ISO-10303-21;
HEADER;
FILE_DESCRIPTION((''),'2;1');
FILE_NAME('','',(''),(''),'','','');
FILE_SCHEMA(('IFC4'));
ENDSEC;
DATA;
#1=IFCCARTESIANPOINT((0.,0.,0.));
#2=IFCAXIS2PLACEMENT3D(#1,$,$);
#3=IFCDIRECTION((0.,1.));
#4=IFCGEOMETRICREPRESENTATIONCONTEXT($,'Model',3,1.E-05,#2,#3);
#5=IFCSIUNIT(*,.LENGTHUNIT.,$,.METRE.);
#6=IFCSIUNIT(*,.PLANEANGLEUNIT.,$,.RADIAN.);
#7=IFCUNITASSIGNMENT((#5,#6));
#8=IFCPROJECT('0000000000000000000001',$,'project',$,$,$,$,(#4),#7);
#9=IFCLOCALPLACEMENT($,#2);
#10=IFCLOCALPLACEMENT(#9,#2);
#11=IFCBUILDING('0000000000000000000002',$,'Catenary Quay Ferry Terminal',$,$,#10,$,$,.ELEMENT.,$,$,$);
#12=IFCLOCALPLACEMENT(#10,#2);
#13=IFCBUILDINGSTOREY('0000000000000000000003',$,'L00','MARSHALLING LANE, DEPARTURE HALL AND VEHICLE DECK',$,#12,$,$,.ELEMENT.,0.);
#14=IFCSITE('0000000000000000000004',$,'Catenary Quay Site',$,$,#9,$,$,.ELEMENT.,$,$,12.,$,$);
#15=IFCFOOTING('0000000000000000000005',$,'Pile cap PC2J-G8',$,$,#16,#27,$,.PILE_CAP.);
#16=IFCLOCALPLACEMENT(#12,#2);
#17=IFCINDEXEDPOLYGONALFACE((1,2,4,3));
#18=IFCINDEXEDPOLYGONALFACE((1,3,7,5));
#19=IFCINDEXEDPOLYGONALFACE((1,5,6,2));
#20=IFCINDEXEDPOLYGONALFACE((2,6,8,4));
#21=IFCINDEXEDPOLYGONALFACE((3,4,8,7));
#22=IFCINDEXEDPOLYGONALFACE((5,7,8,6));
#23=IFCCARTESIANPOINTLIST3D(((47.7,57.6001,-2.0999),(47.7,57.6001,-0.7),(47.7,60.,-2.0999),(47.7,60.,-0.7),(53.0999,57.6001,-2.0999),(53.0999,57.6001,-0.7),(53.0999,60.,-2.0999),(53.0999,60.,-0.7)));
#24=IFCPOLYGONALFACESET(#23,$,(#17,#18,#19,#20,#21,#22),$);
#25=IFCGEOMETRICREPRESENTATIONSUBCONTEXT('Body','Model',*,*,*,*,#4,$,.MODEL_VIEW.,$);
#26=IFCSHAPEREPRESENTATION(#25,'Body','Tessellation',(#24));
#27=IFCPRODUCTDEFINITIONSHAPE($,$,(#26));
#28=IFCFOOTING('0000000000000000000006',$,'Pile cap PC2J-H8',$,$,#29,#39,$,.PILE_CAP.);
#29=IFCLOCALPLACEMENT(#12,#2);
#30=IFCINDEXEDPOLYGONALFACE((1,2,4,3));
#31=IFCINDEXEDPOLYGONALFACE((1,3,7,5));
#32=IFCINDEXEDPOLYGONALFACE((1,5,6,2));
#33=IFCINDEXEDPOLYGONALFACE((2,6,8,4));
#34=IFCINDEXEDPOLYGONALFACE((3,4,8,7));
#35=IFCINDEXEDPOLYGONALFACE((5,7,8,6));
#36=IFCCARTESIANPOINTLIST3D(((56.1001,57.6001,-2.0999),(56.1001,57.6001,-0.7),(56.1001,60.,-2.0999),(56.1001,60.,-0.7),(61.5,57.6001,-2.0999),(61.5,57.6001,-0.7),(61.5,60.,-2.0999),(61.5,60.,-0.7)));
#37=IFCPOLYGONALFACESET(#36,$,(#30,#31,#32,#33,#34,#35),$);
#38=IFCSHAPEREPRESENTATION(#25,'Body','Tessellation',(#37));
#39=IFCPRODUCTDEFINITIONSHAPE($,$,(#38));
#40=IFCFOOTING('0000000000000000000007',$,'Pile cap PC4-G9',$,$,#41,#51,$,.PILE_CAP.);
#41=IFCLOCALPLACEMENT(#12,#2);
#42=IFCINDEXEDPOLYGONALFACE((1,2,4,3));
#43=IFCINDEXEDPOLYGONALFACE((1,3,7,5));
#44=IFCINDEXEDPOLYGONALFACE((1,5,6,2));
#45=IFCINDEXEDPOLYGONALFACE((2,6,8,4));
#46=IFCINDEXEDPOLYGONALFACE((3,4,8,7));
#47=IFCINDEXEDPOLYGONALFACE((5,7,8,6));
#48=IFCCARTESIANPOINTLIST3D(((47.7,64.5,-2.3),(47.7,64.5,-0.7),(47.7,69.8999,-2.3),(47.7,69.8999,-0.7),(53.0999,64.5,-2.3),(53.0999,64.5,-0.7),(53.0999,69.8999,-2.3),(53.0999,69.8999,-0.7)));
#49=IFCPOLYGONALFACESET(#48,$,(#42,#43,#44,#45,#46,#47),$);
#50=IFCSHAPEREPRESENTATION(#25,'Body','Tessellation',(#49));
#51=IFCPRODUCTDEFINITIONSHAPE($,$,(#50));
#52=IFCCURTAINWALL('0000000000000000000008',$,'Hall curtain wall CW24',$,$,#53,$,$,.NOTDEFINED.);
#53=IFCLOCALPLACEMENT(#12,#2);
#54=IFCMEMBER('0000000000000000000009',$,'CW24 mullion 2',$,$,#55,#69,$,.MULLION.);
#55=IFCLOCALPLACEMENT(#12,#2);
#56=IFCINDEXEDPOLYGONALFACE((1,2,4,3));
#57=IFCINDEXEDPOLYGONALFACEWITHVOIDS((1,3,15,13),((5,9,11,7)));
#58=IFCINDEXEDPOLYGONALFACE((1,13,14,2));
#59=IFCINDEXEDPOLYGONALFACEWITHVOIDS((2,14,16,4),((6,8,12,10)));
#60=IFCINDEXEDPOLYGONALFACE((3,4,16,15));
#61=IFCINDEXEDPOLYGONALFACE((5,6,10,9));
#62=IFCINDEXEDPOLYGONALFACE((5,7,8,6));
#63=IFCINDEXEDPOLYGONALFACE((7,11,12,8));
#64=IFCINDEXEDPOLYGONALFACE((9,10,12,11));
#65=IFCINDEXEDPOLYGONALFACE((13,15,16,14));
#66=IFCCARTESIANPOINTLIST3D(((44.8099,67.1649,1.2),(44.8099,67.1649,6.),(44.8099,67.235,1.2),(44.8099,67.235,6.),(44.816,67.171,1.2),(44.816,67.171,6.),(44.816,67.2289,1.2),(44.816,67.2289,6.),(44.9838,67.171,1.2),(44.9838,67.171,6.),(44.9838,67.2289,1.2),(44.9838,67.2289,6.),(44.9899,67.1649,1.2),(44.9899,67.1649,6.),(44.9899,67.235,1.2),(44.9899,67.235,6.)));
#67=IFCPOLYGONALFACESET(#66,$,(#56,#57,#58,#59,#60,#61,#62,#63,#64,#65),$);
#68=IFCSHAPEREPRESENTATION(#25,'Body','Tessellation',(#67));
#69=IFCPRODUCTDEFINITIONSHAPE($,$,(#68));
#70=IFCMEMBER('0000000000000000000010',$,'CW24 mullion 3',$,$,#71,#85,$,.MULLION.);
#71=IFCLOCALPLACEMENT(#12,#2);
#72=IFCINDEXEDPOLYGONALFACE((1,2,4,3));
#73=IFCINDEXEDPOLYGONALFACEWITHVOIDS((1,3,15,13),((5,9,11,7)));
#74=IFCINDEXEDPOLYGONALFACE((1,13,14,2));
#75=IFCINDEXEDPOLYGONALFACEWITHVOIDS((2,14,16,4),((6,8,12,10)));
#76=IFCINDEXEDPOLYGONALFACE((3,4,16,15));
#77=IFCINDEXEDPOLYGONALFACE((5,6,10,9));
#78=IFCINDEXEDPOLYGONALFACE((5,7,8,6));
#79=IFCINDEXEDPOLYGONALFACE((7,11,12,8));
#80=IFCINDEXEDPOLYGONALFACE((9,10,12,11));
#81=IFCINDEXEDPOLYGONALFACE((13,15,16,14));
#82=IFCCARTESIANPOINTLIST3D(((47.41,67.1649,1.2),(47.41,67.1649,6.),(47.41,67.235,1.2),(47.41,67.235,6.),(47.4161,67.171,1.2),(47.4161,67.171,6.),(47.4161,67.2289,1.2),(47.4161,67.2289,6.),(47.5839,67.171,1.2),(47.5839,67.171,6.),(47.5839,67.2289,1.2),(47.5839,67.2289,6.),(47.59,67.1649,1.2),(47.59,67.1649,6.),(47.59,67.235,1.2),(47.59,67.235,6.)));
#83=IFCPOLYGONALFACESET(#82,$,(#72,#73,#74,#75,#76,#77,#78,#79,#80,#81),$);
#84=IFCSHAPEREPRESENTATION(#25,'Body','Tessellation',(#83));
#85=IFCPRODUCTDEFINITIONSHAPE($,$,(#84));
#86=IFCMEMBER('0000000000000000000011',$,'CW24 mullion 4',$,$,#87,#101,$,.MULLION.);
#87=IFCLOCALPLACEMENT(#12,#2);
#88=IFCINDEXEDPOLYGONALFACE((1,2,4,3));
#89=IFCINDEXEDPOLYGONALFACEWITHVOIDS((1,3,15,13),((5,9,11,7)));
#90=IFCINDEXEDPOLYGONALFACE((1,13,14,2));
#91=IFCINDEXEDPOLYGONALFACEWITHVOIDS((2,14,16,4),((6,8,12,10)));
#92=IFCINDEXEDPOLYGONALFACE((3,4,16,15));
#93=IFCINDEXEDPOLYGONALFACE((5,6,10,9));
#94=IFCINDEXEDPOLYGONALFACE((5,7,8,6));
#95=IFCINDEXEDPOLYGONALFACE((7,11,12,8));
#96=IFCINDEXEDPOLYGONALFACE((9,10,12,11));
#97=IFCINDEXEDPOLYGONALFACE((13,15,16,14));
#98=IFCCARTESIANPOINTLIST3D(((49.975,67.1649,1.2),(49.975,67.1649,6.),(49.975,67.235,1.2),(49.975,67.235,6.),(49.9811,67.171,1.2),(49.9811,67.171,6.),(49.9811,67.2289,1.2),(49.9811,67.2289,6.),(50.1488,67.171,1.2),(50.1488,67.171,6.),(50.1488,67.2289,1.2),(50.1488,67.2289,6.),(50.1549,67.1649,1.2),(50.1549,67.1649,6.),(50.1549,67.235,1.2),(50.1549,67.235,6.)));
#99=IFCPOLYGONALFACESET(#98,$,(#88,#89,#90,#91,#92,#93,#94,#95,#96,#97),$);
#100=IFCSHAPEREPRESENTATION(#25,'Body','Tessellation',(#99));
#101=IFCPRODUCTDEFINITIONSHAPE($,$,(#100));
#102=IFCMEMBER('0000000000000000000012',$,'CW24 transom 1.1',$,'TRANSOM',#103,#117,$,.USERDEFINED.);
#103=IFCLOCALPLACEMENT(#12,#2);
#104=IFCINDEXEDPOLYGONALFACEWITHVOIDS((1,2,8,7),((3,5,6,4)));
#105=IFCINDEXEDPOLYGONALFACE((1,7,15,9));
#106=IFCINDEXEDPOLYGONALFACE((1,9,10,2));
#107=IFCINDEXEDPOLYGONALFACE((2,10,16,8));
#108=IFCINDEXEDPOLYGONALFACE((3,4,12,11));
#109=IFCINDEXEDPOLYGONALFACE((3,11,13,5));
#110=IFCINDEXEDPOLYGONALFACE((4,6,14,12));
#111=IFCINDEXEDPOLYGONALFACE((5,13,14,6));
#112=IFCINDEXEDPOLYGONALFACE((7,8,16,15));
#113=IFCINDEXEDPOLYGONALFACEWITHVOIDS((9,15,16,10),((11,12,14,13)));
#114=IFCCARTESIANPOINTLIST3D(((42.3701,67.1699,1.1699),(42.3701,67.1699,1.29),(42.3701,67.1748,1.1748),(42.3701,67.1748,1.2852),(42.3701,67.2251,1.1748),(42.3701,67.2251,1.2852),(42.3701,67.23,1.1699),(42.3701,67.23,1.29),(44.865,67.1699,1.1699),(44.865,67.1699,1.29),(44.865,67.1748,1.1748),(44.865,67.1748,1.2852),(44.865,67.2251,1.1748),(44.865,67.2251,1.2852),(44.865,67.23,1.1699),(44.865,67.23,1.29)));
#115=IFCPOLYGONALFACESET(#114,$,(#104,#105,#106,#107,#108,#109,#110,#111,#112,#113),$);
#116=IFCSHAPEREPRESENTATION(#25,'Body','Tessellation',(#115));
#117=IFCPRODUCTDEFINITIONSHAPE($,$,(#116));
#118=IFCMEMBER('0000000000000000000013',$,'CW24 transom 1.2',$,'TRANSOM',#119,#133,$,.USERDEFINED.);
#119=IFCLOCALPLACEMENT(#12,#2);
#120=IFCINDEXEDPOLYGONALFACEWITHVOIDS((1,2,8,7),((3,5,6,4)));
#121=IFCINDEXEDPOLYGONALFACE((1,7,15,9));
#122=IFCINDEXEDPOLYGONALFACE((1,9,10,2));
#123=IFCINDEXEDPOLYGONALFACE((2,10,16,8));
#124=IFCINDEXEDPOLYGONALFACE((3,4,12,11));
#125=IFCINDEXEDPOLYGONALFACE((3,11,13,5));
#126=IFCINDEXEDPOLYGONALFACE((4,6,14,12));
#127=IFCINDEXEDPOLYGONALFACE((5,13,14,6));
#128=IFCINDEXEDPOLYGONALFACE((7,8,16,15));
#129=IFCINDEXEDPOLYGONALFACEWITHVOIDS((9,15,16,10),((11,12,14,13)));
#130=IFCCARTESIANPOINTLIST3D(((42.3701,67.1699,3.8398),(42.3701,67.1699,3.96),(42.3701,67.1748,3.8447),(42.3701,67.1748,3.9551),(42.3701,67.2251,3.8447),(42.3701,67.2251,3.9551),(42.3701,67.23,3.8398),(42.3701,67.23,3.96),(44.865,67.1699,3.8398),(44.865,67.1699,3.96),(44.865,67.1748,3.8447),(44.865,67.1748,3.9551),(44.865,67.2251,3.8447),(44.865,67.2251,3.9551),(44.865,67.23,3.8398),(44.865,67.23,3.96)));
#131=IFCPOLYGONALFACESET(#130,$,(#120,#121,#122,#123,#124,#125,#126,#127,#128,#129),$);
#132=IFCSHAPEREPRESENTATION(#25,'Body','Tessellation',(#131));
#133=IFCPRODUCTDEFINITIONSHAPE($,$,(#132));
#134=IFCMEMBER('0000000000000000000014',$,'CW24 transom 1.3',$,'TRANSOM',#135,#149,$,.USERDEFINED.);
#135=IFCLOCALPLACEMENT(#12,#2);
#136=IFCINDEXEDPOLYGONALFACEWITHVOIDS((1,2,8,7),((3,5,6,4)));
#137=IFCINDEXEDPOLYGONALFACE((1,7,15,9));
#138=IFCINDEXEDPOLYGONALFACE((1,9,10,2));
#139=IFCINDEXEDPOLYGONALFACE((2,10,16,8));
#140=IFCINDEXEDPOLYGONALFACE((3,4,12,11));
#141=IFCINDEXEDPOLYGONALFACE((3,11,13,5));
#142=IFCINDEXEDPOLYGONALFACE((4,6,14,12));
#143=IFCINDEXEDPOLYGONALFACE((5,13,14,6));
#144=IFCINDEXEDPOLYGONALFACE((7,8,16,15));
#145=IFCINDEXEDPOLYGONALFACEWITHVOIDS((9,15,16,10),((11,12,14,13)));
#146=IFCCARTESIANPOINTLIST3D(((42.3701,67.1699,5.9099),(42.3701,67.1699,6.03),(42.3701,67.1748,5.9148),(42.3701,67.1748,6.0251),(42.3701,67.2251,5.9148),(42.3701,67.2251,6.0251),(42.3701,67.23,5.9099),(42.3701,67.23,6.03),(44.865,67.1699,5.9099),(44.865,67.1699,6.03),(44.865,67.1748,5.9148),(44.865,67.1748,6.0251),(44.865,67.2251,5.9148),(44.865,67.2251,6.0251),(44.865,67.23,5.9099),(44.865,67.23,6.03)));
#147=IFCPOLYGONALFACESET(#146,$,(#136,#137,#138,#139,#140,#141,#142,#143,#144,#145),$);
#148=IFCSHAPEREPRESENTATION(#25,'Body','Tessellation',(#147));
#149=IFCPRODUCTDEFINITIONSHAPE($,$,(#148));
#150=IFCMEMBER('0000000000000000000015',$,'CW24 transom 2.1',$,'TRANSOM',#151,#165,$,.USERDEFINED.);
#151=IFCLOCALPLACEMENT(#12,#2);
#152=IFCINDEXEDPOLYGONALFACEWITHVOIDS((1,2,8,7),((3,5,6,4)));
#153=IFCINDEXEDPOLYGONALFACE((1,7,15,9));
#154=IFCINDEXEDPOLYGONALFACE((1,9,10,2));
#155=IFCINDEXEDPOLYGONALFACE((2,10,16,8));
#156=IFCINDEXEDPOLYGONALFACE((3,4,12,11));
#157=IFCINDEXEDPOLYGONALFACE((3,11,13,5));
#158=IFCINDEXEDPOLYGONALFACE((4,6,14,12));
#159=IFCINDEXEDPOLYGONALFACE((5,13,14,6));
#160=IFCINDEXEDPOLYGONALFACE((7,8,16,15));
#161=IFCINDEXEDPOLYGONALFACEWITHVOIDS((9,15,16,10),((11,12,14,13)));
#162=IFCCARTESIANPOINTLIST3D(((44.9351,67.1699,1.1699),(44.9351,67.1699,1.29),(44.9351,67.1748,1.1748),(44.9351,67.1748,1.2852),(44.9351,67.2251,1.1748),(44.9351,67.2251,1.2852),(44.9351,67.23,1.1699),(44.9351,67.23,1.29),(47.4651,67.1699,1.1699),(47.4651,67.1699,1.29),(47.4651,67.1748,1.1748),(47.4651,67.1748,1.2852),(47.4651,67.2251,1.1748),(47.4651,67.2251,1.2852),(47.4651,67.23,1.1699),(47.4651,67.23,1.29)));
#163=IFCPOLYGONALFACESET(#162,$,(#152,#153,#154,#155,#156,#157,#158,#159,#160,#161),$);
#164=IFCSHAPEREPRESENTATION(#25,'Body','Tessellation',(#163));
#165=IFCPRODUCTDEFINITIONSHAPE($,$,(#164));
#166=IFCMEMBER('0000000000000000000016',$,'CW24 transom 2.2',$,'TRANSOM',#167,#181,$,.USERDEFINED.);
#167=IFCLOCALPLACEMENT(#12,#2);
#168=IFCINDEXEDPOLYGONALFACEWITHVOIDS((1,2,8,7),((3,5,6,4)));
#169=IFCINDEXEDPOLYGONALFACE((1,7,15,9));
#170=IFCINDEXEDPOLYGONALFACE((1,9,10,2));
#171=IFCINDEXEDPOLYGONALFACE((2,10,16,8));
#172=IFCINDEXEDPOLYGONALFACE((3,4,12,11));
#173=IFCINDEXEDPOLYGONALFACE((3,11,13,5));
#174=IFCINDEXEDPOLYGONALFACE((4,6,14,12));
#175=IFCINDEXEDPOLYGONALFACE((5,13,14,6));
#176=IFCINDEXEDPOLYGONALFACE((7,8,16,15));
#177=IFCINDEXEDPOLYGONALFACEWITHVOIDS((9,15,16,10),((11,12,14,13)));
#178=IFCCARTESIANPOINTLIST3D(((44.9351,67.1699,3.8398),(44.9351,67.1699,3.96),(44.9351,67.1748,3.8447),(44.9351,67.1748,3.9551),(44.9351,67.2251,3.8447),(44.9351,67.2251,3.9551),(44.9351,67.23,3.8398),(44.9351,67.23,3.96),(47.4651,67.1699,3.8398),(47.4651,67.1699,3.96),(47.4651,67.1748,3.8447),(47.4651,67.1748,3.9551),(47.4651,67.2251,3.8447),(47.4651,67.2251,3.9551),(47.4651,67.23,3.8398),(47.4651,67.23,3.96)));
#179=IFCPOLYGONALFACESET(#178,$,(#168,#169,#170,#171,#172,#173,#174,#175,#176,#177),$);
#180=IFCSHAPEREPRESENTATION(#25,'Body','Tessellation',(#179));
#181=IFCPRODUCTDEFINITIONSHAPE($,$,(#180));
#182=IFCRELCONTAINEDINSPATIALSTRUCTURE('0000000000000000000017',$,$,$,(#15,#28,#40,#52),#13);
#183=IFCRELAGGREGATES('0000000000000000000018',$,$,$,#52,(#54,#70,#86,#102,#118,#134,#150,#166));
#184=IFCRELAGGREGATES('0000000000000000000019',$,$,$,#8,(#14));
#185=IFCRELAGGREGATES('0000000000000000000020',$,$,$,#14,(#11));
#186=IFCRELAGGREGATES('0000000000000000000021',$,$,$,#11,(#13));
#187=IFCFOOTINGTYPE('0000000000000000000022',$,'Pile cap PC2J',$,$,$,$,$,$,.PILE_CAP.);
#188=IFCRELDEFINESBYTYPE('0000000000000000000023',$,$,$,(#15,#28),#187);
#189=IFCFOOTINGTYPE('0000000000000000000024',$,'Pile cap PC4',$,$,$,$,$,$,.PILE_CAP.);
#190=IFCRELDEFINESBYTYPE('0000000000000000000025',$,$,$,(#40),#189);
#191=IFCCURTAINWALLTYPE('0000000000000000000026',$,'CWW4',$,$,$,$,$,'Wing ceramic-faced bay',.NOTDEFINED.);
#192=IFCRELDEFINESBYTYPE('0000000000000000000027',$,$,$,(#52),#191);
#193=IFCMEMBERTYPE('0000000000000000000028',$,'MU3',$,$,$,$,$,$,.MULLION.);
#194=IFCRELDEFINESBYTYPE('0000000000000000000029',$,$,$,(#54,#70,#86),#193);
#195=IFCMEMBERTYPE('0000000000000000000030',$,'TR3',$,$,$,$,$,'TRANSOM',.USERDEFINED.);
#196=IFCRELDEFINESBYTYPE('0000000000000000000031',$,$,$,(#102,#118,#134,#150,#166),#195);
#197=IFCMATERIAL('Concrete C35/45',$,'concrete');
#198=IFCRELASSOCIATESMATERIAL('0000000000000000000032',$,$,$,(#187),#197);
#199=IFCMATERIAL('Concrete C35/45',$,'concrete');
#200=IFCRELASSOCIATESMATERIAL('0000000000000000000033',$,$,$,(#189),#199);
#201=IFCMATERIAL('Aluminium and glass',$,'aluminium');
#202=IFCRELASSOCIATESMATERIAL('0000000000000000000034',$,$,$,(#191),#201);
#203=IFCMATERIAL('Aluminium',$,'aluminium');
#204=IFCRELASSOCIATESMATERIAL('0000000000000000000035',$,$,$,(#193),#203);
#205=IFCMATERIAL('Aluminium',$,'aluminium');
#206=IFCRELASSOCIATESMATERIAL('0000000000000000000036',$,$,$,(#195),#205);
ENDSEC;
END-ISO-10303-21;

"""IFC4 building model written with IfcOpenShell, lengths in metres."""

from ifc_helpers import new_model, si_unit, direction, frame, origin, origin_2d, place, context, subcontext, project, spatial, rectangle, hollow_rectangle, extrude, material, material_profile, profile_set, type_object, element, aggregate, save


model = new_model("IFC4")

# Units and contexts
model_context = context("Model", 3, precision=1e-05, world=origin(), true_north=direction((0.0, 1.0)))
body_context = subcontext(model_context, "Body", "Model", "MODEL_VIEW")
ifc_project = project(units=[si_unit("LENGTHUNIT", "METRE"), si_unit("PLANEANGLEUNIT", "RADIAN")], contexts=[model_context])

# Site, building, storey
site_placement = place(None, origin())
site = spatial("IfcSite", under=ifc_project, at=site_placement, Name="Catenary Quay Site", CompositionType="ELEMENT", RefElevation=12.0)
building_placement = place(site_placement, origin())
building = spatial("IfcBuilding", under=site, at=building_placement, Name="Catenary Quay Ferry Terminal", CompositionType="ELEMENT")
storey_placement = place(building_placement, origin())
storey = spatial("IfcBuildingStorey", under=building, at=storey_placement, Name="L00", Description="MARSHALLING LANE, DEPARTURE HALL AND VEHICLE DECK", CompositionType="ELEMENT", Elevation=0.0)

# Footings
ifc_material_1 = material(Name="Concrete C35/45", Category="concrete")
footing_type_1 = type_object("IfcFootingType", Name="Pile cap PC2J", PredefinedType="PILE_CAP", material=ifc_material_1)
for number, where, z_axis, x_axis, name in (
    (1, (50.3999, 58.8, -2.0999), (0.0, 0.0, 1.0), (1.0, 0.0, 0.0), "Pile cap PC2J-G8"),
    (2, (58.8, 58.8, -2.0999), (0.0, 0.0, 1.0), (1.0, 0.0, 0.0), "Pile cap PC2J-H8"),
):
    element("IfcFooting", number, at=place(storey_placement, frame(where, z_axis=z_axis, x_axis=x_axis)), inside=storey, type_object=footing_type_1, Name=name, PredefinedType="PILE_CAP", context=body_context, shape_type="SweptSolid", body=[
        extrude(rectangle(XDim=5.3999, YDim=2.3999, at=origin_2d()), origin(), (0.0, 0.0, 1.0), 1.3999),
    ])
ifc_material_2 = material(Name="Concrete C35/45", Category="concrete")
footing_type_2 = type_object("IfcFootingType", Name="Pile cap PC4", PredefinedType="PILE_CAP", material=ifc_material_2)
footing_placement = place(storey_placement, frame((50.3999, 67.2, -2.3), z_axis=(0.0, 0.0, 1.0), x_axis=(1.0, 0.0, 0.0)))
element("IfcFooting", 3, at=footing_placement, inside=storey, type_object=footing_type_2, Name="Pile cap PC4-G9", PredefinedType="PILE_CAP", context=body_context, shape_type="SweptSolid", body=[
    extrude(rectangle(XDim=5.3999, YDim=5.3999, at=origin_2d()), origin(), (0.0, 0.0, 1.0), 1.6001),
])

# Curtain wall, members
ifc_material_3 = material(Name="Aluminium and glass", Category="aluminium")
curtain_wall_type = type_object("IfcCurtainWallType", Name="CWW4", ElementType="Wing ceramic-faced bay", PredefinedType="NOTDEFINED", material=ifc_material_3)
curtain_wall_placement = place(storey_placement, origin())
curtain_wall = element("IfcCurtainWall", 4, at=curtain_wall_placement, inside=storey, type_object=curtain_wall_type, Name="Hall curtain wall CW24", PredefinedType="NOTDEFINED")
ifc_material_4 = material(Name="Aluminium", Category="aluminium")
ifc_material_profile_1 = material_profile(ifc_material_4, hollow_rectangle(XDim=0.0701, YDim=0.1799, WallThickness=0.0061, at=origin_2d()), Name="MU3")
ifc_profile_set_1 = profile_set([ifc_material_profile_1], Name="Aluminium")
member_type_1 = type_object("IfcMemberType", Name="MU3", PredefinedType="MULLION", material=ifc_profile_set_1)
member_1_placement = place(storey_placement, frame((44.8999, 67.2, 1.2), z_axis=(0.0, 0.0, 1.0), x_axis=(0.0, 1.0, 0.0)))
member_1 = element("IfcMember", 5, at=member_1_placement, type_object=member_type_1, Name="CW24 mullion 2", PredefinedType="MULLION", context=body_context, shape_type="SweptSolid", body=[
    extrude(hollow_rectangle(XDim=0.0701, YDim=0.1799, WallThickness=0.0061, at=origin_2d()), origin(), (0.0, 0.0, 1.0), 4.8),
])
member_2_placement = place(storey_placement, frame((47.5, 67.2, 1.2), z_axis=(0.0, 0.0, 1.0), x_axis=(0.0, 1.0, 0.0)))
member_2 = element("IfcMember", 6, at=member_2_placement, type_object=member_type_1, Name="CW24 mullion 3", PredefinedType="MULLION", context=body_context, shape_type="SweptSolid", body=[
    extrude(hollow_rectangle(XDim=0.0701, YDim=0.1799, WallThickness=0.0061, at=origin_2d()), origin(), (0.0, 0.0, 1.0), 4.8),
])
member_3_placement = place(storey_placement, frame((50.0649, 67.2, 1.2), z_axis=(0.0, 0.0, 1.0), x_axis=(0.0, 1.0, 0.0)))
member_3 = element("IfcMember", 7, at=member_3_placement, type_object=member_type_1, Name="CW24 mullion 4", PredefinedType="MULLION", context=body_context, shape_type="SweptSolid", body=[
    extrude(hollow_rectangle(XDim=0.0701, YDim=0.1799, WallThickness=0.0061, at=origin_2d()), origin(), (0.0, 0.0, 1.0), 4.8),
])
ifc_material_5 = material(Name="Aluminium", Category="aluminium")
ifc_material_profile_2 = material_profile(ifc_material_5, hollow_rectangle(XDim=0.0601, YDim=0.1201, WallThickness=0.0049, at=origin_2d()), Name="TR3")
ifc_profile_set_2 = profile_set([ifc_material_profile_2], Name="Aluminium")
member_type_2 = type_object("IfcMemberType", Name="TR3", ElementType="TRANSOM", PredefinedType="USERDEFINED", material=ifc_profile_set_2)
member_4_placement = place(storey_placement, frame((42.3701, 67.2, 1.23), z_axis=(1.0, 0.0, 0.0), x_axis=(0.0, 1.0, 0.0)))
member_4 = element("IfcMember", 8, at=member_4_placement, type_object=member_type_2, Name="CW24 transom 1.1", ObjectType="TRANSOM", PredefinedType="USERDEFINED", context=body_context, shape_type="SweptSolid", body=[
    extrude(hollow_rectangle(XDim=0.0601, YDim=0.1201, WallThickness=0.0049, at=origin_2d()), origin(), (0.0, 0.0, 1.0), 2.4949),
])
member_5_placement = place(storey_placement, frame((42.3701, 67.2, 3.8999), z_axis=(1.0, 0.0, 0.0), x_axis=(0.0, 1.0, 0.0)))
member_5 = element("IfcMember", 9, at=member_5_placement, type_object=member_type_2, Name="CW24 transom 1.2", ObjectType="TRANSOM", PredefinedType="USERDEFINED", context=body_context, shape_type="SweptSolid", body=[
    extrude(hollow_rectangle(XDim=0.0601, YDim=0.1201, WallThickness=0.0049, at=origin_2d()), origin(), (0.0, 0.0, 1.0), 2.4949),
])
member_6_placement = place(storey_placement, frame((42.3701, 67.2, 5.97), z_axis=(1.0, 0.0, 0.0), x_axis=(0.0, 1.0, 0.0)))
member_6 = element("IfcMember", 10, at=member_6_placement, type_object=member_type_2, Name="CW24 transom 1.3", ObjectType="TRANSOM", PredefinedType="USERDEFINED", context=body_context, shape_type="SweptSolid", body=[
    extrude(hollow_rectangle(XDim=0.0601, YDim=0.1201, WallThickness=0.0049, at=origin_2d()), origin(), (0.0, 0.0, 1.0), 2.4949),
])
member_7_placement = place(storey_placement, frame((44.9351, 67.2, 1.23), z_axis=(1.0, 0.0, 0.0), x_axis=(0.0, 1.0, 0.0)))
member_7 = element("IfcMember", 11, at=member_7_placement, type_object=member_type_2, Name="CW24 transom 2.1", ObjectType="TRANSOM", PredefinedType="USERDEFINED", context=body_context, shape_type="SweptSolid", body=[
    extrude(hollow_rectangle(XDim=0.0601, YDim=0.1201, WallThickness=0.0049, at=origin_2d()), origin(), (0.0, 0.0, 1.0), 2.53),
])
member_8_placement = place(storey_placement, frame((44.9351, 67.2, 3.8999), z_axis=(1.0, 0.0, 0.0), x_axis=(0.0, 1.0, 0.0)))
member_8 = element("IfcMember", 12, at=member_8_placement, type_object=member_type_2, Name="CW24 transom 2.2", ObjectType="TRANSOM", PredefinedType="USERDEFINED", context=body_context, shape_type="SweptSolid", body=[
    extrude(hollow_rectangle(XDim=0.0601, YDim=0.1201, WallThickness=0.0049, at=origin_2d()), origin(), (0.0, 0.0, 1.0), 2.53),
])
aggregate(curtain_wall, [member_1, member_2, member_3, member_4, member_5, member_6, member_7, member_8])

save(model, "model.ifc")
